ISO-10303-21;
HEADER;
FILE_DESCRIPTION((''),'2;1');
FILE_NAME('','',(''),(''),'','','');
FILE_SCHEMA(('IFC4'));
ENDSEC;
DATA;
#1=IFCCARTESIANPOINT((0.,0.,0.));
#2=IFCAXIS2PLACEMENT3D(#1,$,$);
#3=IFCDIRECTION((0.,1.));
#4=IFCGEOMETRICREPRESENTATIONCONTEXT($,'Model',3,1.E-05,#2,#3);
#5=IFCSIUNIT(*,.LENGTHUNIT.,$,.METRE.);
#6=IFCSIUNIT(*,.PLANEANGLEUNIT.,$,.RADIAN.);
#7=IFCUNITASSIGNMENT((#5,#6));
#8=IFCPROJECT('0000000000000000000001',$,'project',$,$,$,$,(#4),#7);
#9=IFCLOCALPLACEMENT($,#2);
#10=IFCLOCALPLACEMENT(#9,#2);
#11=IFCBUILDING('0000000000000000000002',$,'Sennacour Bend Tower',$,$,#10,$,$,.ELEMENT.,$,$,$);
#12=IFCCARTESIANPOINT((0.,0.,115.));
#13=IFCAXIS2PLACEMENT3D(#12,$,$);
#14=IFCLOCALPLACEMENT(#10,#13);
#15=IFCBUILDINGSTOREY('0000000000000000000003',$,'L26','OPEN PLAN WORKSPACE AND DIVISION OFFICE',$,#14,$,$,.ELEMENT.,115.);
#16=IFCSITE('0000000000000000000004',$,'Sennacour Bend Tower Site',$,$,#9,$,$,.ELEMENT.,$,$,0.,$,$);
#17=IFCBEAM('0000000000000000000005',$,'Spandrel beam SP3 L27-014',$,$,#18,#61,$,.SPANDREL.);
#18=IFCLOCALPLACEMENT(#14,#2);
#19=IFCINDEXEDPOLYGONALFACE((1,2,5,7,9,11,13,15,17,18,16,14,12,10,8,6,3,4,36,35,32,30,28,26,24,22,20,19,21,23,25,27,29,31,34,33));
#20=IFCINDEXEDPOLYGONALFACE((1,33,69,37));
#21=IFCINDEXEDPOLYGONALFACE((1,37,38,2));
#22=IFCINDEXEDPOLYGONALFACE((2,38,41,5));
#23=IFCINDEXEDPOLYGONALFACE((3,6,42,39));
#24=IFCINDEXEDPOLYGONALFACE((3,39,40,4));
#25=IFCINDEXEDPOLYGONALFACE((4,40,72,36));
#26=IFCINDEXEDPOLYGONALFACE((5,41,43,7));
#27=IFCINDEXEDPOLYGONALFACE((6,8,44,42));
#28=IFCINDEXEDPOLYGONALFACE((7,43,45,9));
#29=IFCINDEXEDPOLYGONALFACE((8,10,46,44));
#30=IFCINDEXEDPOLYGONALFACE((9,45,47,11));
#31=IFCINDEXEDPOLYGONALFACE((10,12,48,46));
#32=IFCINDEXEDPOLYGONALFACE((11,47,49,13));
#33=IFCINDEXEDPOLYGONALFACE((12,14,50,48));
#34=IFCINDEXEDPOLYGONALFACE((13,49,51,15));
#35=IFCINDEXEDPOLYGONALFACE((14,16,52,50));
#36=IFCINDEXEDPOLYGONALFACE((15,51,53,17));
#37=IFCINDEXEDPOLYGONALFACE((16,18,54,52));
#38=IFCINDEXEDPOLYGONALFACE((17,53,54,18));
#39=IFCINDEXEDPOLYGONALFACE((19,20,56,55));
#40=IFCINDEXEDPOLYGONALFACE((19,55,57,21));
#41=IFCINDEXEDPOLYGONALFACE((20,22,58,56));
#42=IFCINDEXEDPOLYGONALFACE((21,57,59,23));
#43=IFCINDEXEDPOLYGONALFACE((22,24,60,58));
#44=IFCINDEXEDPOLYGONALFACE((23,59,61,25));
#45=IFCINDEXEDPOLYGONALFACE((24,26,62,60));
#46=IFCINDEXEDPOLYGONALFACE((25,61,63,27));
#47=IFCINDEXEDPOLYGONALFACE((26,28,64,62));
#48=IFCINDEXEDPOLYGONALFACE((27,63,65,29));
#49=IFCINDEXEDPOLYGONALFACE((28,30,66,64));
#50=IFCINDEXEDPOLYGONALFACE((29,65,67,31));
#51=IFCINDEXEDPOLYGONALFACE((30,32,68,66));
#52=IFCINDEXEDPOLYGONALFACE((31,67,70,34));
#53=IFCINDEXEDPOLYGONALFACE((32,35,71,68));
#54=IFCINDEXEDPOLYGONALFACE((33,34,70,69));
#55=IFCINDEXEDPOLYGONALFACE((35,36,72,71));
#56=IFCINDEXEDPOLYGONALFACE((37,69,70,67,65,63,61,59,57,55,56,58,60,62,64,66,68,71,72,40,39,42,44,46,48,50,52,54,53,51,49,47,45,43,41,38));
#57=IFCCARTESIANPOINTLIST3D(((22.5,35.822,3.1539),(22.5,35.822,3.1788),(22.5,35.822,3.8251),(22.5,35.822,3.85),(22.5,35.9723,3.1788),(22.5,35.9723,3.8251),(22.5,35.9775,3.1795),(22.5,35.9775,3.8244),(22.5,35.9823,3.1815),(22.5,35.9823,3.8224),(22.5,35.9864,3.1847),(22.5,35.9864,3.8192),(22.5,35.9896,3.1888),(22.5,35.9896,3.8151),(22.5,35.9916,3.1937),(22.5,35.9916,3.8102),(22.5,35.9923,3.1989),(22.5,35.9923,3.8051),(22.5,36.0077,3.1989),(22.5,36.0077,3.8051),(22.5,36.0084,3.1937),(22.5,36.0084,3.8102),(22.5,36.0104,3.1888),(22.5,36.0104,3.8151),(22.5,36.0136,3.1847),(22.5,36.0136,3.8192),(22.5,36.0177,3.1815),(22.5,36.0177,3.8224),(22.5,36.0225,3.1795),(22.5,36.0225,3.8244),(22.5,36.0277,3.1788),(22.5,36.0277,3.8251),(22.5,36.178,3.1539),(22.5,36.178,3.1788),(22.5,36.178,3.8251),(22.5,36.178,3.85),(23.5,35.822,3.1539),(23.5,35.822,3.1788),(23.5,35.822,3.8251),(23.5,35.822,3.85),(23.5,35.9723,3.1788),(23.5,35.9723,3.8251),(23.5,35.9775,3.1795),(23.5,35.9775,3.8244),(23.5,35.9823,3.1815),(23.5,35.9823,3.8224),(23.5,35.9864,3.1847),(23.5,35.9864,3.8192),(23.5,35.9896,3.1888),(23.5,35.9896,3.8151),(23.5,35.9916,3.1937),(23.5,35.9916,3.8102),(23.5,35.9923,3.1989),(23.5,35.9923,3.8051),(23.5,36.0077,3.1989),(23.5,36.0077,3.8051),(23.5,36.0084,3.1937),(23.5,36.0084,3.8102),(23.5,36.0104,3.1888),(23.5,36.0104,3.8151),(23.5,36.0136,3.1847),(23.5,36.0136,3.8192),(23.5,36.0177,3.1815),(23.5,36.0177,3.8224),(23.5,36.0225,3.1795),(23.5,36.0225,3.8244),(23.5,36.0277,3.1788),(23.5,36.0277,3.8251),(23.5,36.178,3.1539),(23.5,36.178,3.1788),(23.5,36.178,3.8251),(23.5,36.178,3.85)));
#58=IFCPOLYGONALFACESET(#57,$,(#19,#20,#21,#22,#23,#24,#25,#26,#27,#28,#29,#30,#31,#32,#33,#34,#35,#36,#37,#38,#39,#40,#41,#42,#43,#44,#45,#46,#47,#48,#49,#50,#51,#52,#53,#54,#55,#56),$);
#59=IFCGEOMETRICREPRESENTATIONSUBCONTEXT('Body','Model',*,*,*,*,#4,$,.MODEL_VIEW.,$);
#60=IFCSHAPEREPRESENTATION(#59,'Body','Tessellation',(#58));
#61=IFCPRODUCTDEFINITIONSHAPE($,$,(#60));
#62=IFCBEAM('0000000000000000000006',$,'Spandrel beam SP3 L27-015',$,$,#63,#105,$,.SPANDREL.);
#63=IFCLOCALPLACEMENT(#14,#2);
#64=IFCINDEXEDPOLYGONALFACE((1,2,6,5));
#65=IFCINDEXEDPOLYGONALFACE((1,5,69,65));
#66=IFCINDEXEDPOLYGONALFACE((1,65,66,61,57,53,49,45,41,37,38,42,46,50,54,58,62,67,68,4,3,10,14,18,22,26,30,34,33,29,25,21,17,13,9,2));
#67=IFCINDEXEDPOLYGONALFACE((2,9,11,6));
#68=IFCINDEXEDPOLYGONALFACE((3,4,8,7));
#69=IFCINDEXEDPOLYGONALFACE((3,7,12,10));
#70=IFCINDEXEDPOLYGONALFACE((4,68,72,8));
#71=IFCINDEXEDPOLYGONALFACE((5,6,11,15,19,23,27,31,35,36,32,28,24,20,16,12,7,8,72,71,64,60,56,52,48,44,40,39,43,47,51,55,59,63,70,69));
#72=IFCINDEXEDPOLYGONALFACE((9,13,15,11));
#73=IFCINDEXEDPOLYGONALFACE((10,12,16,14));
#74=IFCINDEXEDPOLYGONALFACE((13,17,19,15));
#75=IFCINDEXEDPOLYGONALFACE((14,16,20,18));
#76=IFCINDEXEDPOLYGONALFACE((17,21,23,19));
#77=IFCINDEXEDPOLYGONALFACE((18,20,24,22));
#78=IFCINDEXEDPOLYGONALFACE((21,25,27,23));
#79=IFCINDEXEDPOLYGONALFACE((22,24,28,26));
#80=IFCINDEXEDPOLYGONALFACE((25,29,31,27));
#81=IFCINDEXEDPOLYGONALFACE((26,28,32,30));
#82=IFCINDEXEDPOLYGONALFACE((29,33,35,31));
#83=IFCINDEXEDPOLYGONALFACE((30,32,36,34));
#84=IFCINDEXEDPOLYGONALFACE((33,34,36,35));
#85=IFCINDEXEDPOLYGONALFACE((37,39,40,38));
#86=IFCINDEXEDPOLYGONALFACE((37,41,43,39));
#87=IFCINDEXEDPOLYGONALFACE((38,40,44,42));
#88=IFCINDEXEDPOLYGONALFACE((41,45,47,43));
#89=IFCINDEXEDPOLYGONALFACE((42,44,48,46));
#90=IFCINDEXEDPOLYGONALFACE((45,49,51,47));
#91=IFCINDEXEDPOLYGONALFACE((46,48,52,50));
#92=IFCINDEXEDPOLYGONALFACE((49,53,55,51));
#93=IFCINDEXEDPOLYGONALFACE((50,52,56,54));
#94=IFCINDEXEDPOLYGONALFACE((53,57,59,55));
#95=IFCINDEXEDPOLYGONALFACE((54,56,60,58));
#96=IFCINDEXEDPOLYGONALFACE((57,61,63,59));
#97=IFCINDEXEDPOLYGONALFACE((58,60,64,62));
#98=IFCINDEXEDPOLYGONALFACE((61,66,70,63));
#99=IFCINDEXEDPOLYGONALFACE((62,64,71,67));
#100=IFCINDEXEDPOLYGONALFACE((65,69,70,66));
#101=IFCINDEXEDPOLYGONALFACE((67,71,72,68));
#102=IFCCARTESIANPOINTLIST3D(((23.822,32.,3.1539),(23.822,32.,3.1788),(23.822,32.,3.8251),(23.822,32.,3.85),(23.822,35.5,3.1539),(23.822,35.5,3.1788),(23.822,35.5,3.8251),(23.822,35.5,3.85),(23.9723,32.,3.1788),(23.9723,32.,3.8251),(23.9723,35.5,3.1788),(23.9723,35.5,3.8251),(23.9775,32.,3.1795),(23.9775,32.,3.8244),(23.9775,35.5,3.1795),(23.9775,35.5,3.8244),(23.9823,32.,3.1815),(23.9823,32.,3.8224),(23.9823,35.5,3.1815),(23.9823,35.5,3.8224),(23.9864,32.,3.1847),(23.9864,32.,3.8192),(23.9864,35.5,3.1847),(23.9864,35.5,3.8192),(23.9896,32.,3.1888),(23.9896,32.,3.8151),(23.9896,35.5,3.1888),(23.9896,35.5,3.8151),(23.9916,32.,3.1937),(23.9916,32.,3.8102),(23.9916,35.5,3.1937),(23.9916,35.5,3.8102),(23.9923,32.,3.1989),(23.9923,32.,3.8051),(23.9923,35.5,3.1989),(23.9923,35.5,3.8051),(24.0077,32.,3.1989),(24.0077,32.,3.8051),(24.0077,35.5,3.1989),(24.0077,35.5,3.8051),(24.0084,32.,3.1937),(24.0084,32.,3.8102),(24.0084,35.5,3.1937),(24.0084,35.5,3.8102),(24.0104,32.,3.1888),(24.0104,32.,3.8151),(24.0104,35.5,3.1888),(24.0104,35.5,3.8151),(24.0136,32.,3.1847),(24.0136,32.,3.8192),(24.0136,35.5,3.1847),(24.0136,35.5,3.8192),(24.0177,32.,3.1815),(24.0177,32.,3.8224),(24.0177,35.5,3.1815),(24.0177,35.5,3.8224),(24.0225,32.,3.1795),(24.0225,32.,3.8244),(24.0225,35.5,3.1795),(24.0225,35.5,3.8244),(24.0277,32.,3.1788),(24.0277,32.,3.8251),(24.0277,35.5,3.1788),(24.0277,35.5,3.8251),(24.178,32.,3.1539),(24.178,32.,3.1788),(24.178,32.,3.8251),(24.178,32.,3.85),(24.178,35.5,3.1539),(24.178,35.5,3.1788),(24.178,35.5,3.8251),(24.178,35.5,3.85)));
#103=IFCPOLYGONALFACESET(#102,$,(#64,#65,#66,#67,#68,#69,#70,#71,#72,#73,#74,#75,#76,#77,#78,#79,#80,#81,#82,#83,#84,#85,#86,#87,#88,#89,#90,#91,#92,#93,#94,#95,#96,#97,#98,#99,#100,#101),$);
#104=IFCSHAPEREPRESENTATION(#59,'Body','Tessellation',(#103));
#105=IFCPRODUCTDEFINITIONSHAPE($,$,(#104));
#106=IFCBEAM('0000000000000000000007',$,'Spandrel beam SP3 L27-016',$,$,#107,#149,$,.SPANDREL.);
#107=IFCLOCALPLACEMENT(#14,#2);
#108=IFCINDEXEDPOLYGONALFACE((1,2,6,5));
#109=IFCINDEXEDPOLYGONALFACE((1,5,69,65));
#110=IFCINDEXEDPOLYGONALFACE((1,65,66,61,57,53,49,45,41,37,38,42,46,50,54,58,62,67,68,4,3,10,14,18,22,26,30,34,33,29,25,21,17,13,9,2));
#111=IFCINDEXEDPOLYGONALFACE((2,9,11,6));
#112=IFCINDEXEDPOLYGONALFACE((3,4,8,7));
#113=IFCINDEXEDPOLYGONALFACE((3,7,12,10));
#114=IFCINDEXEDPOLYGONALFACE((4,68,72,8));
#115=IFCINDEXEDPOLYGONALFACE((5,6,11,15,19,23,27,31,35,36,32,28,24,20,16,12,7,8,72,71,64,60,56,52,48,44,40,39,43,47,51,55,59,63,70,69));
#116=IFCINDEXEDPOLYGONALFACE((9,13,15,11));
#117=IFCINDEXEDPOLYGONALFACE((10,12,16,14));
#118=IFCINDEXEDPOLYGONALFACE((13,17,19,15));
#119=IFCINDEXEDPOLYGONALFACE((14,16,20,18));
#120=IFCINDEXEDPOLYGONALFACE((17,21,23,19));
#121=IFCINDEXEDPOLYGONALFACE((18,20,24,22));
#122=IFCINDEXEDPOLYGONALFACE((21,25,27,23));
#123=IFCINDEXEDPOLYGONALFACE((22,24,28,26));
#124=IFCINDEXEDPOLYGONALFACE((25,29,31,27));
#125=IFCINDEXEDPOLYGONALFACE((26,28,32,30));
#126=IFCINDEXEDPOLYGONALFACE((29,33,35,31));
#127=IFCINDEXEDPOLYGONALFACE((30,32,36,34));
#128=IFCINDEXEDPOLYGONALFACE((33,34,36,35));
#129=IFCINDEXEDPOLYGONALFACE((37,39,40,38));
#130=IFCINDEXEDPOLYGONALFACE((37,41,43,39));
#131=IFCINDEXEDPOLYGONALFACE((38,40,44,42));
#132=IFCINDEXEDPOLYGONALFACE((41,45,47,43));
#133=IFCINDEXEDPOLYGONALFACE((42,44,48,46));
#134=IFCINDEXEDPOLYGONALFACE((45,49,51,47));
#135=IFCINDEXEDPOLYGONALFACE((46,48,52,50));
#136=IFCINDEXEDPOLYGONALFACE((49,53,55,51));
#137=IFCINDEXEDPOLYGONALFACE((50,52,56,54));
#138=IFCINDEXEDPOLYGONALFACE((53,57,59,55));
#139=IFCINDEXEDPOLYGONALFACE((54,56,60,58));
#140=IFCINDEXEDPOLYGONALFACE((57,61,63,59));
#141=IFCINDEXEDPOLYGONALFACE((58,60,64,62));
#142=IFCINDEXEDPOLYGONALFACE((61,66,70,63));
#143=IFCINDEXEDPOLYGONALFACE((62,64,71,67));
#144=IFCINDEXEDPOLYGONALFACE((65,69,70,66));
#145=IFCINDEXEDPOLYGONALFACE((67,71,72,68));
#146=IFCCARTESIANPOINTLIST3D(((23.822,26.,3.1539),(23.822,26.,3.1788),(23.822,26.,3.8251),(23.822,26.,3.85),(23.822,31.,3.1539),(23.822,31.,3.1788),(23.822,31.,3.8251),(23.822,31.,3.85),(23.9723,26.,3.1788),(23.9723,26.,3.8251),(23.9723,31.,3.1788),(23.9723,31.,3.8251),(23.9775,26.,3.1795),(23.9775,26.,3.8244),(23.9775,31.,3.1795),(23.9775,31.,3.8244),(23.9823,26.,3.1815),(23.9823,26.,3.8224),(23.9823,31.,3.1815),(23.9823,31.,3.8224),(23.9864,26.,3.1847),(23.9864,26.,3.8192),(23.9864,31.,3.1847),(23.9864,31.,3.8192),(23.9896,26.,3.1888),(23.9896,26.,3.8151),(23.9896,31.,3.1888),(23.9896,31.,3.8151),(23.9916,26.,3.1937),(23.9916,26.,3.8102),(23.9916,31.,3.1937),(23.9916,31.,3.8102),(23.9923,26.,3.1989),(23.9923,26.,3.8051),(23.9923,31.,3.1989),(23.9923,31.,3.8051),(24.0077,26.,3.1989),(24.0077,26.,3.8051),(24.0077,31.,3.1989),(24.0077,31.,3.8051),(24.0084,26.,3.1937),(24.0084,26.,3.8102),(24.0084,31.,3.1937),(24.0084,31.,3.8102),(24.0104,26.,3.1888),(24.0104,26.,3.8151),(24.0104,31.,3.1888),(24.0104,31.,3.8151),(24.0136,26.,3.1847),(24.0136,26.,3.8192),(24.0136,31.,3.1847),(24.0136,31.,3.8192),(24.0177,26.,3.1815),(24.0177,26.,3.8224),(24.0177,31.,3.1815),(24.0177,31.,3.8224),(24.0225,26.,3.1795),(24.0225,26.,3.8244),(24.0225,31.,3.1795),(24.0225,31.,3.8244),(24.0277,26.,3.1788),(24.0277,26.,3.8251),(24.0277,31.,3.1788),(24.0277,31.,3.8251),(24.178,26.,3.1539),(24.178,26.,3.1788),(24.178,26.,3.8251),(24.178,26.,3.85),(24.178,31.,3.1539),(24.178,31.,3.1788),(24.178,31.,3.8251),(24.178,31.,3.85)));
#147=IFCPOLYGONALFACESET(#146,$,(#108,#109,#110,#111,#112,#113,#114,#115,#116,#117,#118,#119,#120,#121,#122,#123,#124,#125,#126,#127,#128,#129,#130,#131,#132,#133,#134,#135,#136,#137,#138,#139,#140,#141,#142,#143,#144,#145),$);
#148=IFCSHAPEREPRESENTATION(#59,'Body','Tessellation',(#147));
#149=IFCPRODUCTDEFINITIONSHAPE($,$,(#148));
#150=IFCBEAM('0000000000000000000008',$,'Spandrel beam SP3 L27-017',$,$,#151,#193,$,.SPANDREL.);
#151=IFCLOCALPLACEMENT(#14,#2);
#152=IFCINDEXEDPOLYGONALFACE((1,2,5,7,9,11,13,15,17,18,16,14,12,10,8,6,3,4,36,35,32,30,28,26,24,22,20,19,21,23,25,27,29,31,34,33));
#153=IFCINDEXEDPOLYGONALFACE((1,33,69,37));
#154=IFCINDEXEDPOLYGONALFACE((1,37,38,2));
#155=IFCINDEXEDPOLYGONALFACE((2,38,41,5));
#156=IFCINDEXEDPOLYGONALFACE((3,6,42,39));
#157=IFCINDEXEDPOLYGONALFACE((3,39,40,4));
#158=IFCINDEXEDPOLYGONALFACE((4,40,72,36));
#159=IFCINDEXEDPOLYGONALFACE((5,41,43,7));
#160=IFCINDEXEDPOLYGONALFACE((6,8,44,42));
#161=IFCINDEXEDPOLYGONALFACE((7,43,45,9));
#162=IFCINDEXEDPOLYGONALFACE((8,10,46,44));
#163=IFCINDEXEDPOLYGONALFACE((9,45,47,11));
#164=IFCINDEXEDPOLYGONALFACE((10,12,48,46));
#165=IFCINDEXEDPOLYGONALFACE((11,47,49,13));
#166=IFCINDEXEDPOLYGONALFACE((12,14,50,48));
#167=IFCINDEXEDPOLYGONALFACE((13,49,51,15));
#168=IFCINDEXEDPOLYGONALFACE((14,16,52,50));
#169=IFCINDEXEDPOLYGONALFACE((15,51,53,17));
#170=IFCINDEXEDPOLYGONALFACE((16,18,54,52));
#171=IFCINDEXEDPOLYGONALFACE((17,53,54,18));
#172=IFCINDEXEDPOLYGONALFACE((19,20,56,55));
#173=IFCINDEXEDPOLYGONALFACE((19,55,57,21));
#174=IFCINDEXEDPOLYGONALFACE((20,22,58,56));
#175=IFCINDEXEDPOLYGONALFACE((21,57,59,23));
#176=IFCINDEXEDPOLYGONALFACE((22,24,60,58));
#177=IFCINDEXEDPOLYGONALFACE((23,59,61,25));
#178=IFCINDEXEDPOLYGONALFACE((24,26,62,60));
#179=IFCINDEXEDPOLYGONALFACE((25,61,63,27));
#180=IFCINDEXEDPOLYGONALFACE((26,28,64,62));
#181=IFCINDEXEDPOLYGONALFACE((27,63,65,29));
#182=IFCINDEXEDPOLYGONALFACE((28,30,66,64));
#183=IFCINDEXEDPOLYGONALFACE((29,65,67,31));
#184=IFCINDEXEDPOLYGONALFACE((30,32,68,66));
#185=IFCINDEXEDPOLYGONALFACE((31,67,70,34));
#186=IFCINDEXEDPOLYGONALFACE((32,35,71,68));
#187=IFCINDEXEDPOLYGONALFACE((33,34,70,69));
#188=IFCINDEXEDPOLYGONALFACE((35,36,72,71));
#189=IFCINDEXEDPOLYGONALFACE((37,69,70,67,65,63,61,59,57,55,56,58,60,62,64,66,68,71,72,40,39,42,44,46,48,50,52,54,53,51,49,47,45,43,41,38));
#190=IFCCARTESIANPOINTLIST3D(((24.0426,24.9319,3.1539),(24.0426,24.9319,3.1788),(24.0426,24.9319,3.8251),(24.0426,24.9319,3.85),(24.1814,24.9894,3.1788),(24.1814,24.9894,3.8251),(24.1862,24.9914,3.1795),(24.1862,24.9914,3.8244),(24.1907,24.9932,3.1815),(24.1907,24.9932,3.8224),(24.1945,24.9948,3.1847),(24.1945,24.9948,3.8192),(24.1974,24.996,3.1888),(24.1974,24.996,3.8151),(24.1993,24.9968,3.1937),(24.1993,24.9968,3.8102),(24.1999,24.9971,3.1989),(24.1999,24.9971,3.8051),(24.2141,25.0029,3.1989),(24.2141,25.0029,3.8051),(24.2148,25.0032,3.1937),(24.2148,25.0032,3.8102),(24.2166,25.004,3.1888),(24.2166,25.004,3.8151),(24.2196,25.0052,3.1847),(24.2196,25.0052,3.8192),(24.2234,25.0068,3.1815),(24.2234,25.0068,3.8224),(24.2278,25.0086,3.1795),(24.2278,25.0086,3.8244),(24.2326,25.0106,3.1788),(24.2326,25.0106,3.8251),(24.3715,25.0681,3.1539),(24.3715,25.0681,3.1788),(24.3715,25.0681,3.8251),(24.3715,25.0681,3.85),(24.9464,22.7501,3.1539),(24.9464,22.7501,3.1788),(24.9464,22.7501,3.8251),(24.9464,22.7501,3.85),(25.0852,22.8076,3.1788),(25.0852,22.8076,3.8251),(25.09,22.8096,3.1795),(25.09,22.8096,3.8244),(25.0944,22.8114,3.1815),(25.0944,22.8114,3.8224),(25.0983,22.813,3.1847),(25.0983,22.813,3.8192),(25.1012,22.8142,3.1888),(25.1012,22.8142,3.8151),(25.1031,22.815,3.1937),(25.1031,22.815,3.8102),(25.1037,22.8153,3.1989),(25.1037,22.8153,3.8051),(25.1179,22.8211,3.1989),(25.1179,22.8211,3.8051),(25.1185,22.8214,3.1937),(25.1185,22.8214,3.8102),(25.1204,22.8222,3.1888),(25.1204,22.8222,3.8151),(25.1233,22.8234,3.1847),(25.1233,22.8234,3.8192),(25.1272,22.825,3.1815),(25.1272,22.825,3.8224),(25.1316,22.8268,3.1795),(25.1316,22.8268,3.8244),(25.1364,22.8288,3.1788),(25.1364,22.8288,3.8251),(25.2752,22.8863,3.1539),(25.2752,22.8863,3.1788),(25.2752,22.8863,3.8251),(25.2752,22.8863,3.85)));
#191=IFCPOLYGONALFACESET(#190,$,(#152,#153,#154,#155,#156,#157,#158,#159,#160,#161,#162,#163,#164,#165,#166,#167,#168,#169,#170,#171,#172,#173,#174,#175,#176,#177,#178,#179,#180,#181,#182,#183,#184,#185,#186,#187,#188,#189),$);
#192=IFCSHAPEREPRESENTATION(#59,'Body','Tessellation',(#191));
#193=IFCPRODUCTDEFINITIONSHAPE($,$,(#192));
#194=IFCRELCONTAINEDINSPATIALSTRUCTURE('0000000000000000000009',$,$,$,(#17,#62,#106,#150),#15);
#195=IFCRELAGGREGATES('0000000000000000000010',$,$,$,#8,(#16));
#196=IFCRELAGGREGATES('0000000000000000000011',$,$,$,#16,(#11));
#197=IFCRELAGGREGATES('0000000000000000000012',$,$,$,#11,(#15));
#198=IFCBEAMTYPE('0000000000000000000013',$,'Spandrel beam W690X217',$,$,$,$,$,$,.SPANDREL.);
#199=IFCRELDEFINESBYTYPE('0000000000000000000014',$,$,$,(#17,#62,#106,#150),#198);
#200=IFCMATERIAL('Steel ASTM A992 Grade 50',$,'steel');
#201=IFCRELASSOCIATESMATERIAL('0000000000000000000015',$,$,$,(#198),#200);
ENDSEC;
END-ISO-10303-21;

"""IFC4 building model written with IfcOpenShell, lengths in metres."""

from ifc_helpers import new_model, si_unit, direction, frame, origin, origin_2d, place, context, subcontext, project, spatial, i_section, extrude, material, material_profile, profile_set, type_object, element, save


model = new_model("IFC4")

# Units and contexts
model_context = context("Model", 3, precision=1e-05, world=origin(), true_north=direction((0.0, 1.0)))
body_context = subcontext(model_context, "Body", "Model", "MODEL_VIEW")
ifc_project = project(units=[si_unit("LENGTHUNIT", "METRE"), si_unit("PLANEANGLEUNIT", "RADIAN")], contexts=[model_context])

# Site, building, storey
site_placement = place(None, origin())
site = spatial("IfcSite", under=ifc_project, at=site_placement, Name="Sennacour Bend Tower Site", CompositionType="ELEMENT", RefElevation=0.0)
building_placement = place(site_placement, origin())
building = spatial("IfcBuilding", under=site, at=building_placement, Name="Sennacour Bend Tower", CompositionType="ELEMENT")
storey_placement = place(building_placement, frame((0.0, 0.0, 115.0)))
storey = spatial("IfcBuildingStorey", under=building, at=storey_placement, Name="L26", Description="OPEN PLAN WORKSPACE AND DIVISION OFFICE", CompositionType="ELEMENT", Elevation=115.0)

# Beams
ifc_material_1 = material(Name="Steel ASTM A992 Grade 50", Category="steel")
ifc_material_profile_1 = material_profile(ifc_material_1, i_section(OverallWidth=0.356, OverallDepth=0.696, WebThickness=0.0154, FlangeThickness=0.0249, FilletRadius=0.02, at=origin_2d()), Name="Steel ASTM A992 Grade 50", Category="steel")
ifc_profile_set_1 = profile_set([ifc_material_profile_1], Name="Steel ASTM A992 Grade 50")
beam_type_1 = type_object("IfcBeamType", Name="Spandrel beam W690X217", PredefinedType="SPANDREL", material=ifc_profile_set_1)
beam_1_placement = place(storey_placement, frame((22.5, 36.0, 3.502), z_axis=(1.0, 0.0, 0.0), x_axis=(0.0, 1.0, 0.0)))
element("IfcBeam", 1, at=beam_1_placement, inside=storey, type_object=beam_type_1, Name="Spandrel beam SP3 L27-014", PredefinedType="SPANDREL", context=body_context, shape_type="SweptSolid", body=[
    extrude(i_section(OverallWidth=0.356, OverallDepth=0.696, WebThickness=0.0154, FlangeThickness=0.0249, FilletRadius=0.02, at=origin_2d()), origin(), (0.0, 0.0, 1.0), 1.0),
])
beam_2_placement = place(storey_placement, frame((24.0, 35.5, 3.502), z_axis=(0.0, -1.0, 0.0), x_axis=(1.0, 0.0, 0.0)))
element("IfcBeam", 2, at=beam_2_placement, inside=storey, type_object=beam_type_1, Name="Spandrel beam SP3 L27-015", PredefinedType="SPANDREL", context=body_context, shape_type="SweptSolid", body=[
    extrude(i_section(OverallWidth=0.356, OverallDepth=0.696, WebThickness=0.0154, FlangeThickness=0.0249, FilletRadius=0.02, at=origin_2d()), origin(), (0.0, 0.0, 1.0), 3.5),
])
beam_3_placement = place(storey_placement, frame((24.0, 31.0, 3.502), z_axis=(0.0, -1.0, 0.0), x_axis=(1.0, 0.0, 0.0)))
element("IfcBeam", 3, at=beam_3_placement, inside=storey, type_object=beam_type_1, Name="Spandrel beam SP3 L27-016", PredefinedType="SPANDREL", context=body_context, shape_type="SweptSolid", body=[
    extrude(i_section(OverallWidth=0.356, OverallDepth=0.696, WebThickness=0.0154, FlangeThickness=0.0249, FilletRadius=0.02, at=origin_2d()), origin(), (0.0, 0.0, 1.0), 5.0),
])
beam_4_placement = place(storey_placement, frame((24.207, 25.0, 3.502), z_axis=(0.382699, -0.923873, 0.0), x_axis=(0.923873, 0.382699, 0.0)))
element("IfcBeam", 4, at=beam_4_placement, inside=storey, type_object=beam_type_1, Name="Spandrel beam SP3 L27-017", PredefinedType="SPANDREL", context=body_context, shape_type="SweptSolid", body=[
    extrude(i_section(OverallWidth=0.356, OverallDepth=0.696, WebThickness=0.0154, FlangeThickness=0.0249, FilletRadius=0.02, at=origin_2d()), origin(), (0.0, 0.0, 1.0), 2.3616),
])

save(model, "model.ifc")
